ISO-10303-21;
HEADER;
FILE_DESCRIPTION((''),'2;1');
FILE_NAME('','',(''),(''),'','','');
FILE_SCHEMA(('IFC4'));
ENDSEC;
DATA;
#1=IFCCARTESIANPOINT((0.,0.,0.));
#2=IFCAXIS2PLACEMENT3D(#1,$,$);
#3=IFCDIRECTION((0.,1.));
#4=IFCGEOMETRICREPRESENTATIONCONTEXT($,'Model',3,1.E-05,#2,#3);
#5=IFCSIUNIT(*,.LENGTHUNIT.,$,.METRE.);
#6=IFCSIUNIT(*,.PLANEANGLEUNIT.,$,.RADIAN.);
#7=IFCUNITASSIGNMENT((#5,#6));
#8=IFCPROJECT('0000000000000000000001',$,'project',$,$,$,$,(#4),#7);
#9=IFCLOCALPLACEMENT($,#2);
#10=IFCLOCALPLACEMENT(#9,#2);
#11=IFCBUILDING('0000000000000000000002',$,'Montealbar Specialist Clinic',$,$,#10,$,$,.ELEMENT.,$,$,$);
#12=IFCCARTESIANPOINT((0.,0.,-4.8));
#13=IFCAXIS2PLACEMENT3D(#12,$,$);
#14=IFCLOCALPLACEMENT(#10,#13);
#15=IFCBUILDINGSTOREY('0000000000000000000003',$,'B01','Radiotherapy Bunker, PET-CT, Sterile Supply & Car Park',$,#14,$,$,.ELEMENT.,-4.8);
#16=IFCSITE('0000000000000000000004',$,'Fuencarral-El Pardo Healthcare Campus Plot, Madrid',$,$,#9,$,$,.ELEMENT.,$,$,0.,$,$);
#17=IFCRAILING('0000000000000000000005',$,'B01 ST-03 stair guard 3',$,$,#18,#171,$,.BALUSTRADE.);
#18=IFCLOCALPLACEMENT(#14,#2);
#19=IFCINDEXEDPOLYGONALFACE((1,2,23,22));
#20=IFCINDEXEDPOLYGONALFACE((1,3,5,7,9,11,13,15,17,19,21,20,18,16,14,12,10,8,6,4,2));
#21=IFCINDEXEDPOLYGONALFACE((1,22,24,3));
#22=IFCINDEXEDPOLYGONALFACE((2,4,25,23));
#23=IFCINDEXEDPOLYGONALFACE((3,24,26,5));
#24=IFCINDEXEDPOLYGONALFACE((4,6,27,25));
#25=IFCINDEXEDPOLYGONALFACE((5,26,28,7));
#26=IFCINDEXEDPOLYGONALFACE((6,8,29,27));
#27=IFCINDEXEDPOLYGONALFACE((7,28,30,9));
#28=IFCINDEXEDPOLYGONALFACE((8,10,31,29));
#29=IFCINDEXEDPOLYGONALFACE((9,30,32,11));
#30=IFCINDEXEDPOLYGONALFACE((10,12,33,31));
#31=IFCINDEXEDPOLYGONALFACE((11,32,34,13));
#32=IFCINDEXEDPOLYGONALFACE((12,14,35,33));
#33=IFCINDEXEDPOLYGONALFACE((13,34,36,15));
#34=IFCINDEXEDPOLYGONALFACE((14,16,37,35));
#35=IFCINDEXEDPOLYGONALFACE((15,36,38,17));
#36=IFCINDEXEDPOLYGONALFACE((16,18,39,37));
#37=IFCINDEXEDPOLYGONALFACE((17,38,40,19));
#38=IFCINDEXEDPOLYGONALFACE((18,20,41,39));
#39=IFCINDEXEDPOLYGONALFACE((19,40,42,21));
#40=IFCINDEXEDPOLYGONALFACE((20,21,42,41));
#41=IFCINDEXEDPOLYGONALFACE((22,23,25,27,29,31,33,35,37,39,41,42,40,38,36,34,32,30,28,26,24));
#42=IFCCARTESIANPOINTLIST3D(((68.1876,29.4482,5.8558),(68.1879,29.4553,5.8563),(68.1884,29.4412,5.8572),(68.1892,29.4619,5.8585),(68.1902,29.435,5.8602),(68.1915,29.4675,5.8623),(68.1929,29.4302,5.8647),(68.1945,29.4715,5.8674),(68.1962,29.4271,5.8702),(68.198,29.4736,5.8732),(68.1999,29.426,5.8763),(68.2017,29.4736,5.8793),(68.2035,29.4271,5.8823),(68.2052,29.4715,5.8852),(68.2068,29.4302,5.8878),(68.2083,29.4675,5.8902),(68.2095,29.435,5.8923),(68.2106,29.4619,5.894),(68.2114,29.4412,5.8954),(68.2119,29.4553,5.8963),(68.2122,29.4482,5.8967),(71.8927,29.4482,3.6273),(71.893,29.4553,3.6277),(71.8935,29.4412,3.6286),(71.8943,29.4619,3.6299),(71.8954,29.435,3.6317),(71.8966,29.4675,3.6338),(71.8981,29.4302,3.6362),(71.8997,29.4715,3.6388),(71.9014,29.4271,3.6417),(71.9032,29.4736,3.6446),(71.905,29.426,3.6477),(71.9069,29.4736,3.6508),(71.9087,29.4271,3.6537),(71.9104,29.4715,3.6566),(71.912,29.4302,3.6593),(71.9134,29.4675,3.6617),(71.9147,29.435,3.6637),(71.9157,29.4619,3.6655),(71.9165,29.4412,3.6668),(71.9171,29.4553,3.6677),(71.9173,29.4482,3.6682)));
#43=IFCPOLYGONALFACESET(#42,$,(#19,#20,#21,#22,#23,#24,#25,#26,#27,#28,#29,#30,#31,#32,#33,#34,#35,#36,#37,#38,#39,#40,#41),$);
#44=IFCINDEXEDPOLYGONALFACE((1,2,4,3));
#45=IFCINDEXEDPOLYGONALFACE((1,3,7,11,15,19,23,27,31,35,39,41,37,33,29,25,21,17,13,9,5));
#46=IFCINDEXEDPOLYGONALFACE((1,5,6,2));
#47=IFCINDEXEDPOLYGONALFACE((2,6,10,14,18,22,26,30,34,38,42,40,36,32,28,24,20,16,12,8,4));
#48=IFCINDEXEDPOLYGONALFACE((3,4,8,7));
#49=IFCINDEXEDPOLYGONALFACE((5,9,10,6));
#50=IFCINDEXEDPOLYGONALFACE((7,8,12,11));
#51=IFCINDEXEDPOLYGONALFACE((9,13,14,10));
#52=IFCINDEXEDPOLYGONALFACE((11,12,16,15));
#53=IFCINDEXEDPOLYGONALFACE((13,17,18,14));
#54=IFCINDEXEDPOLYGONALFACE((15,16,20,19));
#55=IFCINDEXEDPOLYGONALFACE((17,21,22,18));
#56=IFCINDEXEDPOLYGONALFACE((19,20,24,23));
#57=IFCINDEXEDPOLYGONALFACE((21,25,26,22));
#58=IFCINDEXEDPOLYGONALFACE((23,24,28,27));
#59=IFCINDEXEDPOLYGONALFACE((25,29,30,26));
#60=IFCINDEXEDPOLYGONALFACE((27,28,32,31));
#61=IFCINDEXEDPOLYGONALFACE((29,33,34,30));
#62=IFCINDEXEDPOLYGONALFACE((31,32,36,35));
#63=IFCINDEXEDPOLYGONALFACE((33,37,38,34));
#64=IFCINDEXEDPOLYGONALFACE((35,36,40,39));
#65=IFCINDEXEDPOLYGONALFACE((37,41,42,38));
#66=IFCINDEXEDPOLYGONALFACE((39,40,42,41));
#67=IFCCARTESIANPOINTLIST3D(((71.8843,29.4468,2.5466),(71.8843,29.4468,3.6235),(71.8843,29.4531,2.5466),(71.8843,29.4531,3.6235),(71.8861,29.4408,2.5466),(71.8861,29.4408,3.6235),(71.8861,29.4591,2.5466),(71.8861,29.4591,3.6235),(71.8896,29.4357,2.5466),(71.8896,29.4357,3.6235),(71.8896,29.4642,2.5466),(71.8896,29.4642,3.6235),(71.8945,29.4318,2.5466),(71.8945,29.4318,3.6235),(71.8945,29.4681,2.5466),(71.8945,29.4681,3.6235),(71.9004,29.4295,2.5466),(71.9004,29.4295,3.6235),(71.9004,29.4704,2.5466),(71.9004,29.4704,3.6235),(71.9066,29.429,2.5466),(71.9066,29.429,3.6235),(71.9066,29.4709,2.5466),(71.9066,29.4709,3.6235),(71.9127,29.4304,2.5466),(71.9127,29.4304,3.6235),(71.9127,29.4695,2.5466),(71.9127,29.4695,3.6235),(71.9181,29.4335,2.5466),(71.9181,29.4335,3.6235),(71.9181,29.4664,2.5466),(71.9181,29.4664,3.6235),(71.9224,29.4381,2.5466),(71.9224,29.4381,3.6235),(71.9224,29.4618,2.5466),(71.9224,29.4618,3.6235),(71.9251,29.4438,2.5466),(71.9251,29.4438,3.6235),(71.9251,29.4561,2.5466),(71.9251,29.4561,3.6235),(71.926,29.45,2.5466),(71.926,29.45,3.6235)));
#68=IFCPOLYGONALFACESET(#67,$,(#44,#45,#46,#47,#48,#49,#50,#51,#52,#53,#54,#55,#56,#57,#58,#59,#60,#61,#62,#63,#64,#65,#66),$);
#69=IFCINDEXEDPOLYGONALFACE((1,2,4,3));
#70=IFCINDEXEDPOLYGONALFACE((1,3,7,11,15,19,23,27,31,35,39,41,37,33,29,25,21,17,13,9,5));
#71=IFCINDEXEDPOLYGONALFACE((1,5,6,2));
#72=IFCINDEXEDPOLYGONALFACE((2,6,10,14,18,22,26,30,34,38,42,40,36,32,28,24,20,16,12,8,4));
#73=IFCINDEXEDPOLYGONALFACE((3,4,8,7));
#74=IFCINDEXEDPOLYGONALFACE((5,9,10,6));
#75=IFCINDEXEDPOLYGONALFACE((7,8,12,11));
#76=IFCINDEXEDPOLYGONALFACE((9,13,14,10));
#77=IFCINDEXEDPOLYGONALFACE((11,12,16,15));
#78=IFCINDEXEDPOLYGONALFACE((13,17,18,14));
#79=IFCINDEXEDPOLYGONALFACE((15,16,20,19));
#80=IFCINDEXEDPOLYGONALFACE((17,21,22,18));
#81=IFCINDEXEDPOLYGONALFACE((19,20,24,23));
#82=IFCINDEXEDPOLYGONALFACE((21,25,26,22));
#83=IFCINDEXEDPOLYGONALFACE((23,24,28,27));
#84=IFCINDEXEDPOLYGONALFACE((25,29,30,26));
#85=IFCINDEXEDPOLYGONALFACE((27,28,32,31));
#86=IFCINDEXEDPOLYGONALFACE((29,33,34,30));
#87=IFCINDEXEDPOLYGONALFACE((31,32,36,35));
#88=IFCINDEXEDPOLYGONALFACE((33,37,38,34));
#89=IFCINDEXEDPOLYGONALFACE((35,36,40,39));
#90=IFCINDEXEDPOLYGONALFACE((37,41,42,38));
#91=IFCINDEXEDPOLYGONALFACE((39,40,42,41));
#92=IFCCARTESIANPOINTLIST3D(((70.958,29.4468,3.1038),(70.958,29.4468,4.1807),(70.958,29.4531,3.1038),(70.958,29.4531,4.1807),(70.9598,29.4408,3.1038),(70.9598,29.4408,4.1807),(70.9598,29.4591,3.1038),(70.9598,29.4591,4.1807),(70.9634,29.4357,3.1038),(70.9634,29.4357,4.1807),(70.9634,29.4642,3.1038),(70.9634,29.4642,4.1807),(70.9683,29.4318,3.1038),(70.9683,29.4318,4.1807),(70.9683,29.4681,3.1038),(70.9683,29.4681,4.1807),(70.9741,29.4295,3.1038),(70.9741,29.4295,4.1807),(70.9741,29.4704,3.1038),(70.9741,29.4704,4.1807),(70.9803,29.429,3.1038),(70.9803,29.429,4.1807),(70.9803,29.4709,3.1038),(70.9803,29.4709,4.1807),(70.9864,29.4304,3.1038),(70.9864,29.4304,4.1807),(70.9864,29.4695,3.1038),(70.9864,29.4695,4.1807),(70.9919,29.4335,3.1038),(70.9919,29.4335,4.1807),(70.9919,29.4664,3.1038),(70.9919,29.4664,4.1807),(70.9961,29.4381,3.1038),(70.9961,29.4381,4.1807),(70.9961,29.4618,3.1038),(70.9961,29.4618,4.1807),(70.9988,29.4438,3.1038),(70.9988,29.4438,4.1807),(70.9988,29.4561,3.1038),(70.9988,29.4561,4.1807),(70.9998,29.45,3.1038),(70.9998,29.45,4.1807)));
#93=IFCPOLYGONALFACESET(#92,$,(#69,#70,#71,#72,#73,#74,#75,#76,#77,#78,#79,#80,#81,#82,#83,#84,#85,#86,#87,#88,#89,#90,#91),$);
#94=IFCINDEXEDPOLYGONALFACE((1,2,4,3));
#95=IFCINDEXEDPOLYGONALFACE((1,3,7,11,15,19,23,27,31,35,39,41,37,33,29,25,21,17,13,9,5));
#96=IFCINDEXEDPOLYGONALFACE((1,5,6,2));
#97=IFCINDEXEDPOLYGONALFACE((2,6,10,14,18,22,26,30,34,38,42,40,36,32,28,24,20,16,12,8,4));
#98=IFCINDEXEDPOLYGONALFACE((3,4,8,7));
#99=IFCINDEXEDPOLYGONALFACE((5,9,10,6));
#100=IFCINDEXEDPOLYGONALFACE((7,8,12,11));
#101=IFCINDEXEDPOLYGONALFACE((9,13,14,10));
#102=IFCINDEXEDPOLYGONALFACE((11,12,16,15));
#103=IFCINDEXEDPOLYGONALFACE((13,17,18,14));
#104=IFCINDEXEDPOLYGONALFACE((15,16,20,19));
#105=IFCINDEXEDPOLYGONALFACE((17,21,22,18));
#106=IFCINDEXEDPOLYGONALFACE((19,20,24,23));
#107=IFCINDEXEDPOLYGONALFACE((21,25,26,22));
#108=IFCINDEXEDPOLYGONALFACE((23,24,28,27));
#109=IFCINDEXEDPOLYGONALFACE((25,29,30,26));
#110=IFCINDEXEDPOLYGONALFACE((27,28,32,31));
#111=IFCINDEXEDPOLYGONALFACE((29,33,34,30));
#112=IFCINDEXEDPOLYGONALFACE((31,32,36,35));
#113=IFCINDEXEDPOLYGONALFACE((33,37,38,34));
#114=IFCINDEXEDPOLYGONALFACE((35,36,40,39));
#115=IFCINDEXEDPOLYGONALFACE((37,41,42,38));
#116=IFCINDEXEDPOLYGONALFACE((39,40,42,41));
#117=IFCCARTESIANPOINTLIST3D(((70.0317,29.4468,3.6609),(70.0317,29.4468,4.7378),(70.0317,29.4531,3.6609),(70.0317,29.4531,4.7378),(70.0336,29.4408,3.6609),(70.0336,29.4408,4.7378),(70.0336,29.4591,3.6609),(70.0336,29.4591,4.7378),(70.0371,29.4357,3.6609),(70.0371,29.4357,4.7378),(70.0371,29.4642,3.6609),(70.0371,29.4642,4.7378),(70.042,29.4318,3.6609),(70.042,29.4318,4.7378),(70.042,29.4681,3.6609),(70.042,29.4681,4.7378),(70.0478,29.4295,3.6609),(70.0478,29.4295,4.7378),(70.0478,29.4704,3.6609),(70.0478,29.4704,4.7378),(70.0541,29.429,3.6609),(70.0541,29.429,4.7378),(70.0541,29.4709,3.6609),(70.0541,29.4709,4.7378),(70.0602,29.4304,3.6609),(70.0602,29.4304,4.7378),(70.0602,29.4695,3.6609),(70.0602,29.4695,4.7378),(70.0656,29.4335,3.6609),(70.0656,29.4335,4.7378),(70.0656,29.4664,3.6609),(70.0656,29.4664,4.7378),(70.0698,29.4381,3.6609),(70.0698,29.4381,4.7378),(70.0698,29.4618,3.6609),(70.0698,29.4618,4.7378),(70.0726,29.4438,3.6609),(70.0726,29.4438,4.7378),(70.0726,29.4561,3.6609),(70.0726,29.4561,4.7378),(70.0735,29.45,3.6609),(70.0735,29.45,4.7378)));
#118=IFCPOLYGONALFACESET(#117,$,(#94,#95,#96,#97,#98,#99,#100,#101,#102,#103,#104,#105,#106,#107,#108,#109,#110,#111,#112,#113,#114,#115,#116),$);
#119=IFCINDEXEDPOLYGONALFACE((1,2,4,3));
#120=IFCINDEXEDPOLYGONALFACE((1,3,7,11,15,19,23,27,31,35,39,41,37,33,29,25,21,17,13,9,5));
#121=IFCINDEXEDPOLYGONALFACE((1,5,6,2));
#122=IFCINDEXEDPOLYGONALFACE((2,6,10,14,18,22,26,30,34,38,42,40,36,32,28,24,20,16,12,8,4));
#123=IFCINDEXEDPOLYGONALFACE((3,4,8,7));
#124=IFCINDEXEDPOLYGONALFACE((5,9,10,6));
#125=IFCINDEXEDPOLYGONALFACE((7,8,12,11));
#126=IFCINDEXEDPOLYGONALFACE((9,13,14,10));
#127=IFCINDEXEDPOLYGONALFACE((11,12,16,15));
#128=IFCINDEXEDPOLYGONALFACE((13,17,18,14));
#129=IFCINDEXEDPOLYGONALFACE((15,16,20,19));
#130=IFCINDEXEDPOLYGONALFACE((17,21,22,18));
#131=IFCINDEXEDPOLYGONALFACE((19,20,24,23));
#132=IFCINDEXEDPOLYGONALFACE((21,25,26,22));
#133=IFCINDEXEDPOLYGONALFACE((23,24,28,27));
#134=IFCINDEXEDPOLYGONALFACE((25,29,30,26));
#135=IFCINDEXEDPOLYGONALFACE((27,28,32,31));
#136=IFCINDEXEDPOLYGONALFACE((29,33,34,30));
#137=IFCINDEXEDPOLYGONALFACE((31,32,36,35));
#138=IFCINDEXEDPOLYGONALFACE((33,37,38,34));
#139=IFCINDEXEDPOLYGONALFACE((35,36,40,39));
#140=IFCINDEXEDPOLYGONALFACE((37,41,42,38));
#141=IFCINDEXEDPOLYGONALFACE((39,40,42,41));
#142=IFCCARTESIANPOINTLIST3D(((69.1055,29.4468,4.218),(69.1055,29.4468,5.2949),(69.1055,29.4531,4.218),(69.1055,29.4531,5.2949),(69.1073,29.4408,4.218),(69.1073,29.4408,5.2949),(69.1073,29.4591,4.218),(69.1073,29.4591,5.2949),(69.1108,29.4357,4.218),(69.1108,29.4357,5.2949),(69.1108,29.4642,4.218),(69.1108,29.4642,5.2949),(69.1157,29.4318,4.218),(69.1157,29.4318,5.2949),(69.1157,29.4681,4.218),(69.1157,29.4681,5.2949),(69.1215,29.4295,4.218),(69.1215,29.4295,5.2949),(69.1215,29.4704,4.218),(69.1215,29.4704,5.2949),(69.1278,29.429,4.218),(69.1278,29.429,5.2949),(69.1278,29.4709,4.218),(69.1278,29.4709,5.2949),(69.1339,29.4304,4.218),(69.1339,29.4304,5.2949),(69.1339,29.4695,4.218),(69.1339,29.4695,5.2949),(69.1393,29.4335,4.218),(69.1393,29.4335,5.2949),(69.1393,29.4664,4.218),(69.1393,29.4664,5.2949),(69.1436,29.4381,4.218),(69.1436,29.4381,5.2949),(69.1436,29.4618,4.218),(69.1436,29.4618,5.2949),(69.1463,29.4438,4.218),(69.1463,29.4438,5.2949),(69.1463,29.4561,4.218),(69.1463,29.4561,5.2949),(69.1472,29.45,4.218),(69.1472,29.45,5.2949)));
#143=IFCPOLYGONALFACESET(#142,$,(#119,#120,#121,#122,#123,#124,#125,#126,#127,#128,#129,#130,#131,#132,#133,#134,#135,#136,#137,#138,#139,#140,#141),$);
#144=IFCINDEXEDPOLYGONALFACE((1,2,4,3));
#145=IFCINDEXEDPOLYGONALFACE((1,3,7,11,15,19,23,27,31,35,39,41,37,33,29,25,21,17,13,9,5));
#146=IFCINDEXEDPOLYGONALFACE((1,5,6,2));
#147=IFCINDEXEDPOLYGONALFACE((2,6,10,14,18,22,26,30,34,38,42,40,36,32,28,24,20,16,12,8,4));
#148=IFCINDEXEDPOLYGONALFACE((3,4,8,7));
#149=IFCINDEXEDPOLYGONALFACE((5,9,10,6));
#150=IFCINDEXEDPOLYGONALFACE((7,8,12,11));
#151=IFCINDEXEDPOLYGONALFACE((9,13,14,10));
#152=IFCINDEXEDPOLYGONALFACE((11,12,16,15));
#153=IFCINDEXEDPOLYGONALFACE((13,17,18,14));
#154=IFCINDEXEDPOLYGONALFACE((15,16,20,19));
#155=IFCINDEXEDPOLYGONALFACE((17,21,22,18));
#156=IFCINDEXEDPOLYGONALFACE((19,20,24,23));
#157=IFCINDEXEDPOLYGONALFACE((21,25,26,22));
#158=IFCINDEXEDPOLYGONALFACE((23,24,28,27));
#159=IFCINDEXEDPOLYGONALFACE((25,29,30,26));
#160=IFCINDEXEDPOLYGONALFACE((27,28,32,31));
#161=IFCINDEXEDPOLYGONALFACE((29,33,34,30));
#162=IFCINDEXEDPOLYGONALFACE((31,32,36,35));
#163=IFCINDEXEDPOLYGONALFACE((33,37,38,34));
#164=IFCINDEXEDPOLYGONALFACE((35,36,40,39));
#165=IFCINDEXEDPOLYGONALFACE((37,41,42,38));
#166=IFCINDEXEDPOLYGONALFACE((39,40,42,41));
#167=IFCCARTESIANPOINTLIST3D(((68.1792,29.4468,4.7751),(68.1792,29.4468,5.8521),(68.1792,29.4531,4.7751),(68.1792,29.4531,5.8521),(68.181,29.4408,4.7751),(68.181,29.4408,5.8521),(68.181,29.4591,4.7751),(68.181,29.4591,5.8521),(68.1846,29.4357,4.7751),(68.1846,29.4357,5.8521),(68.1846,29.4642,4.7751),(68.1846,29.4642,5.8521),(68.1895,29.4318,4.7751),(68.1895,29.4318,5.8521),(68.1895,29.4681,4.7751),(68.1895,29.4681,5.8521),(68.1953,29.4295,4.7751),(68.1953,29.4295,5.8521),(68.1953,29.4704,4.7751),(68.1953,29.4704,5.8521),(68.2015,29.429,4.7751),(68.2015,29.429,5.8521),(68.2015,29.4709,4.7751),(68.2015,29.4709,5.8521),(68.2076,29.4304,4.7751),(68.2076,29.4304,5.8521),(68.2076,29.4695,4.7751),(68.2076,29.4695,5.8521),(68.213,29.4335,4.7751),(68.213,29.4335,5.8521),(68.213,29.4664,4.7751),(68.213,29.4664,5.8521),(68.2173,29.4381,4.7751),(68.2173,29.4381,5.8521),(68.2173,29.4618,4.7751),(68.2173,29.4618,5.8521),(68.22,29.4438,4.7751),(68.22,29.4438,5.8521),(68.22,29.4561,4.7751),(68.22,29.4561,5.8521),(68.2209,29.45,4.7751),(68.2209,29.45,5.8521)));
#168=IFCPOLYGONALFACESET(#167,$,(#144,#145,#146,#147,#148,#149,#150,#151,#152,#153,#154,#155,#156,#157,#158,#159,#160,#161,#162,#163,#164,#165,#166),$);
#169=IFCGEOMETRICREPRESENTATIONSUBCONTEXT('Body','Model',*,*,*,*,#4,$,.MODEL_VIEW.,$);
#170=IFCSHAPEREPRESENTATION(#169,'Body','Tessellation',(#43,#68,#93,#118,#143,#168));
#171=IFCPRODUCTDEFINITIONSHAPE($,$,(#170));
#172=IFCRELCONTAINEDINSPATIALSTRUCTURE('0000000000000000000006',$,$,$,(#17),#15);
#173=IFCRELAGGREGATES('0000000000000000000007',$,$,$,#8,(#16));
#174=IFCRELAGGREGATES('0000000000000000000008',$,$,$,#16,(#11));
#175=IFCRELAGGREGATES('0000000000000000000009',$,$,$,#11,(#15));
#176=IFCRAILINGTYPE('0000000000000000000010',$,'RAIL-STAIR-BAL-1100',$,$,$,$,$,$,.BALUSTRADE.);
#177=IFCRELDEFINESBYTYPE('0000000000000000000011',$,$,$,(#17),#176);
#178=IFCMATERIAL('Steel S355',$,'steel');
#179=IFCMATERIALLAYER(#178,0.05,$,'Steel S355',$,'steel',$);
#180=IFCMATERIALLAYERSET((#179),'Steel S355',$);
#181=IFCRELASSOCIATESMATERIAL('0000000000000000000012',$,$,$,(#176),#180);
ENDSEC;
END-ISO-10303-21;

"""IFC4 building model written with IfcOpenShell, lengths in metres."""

from ifc_helpers import new_model, si_unit, direction, frame, origin, origin_2d, place, context, subcontext, project, spatial, circle, extrude, material, layer, layer_set, type_object, element, save


model = new_model("IFC4")

# Units and contexts
model_context = context("Model", 3, precision=1e-05, world=origin(), true_north=direction((0.0, 1.0)))
body_context = subcontext(model_context, "Body", "Model", "MODEL_VIEW")
ifc_project = project(units=[si_unit("LENGTHUNIT", "METRE"), si_unit("PLANEANGLEUNIT", "RADIAN")], contexts=[model_context])

# Site, building, storey
site_placement = place(None, origin())
site = spatial("IfcSite", under=ifc_project, at=site_placement, Name="Fuencarral-El Pardo Healthcare Campus Plot, Madrid", CompositionType="ELEMENT", RefElevation=0.0)
building_placement = place(site_placement, origin())
building = spatial("IfcBuilding", under=site, at=building_placement, Name="Montealbar Specialist Clinic", CompositionType="ELEMENT")
storey_placement = place(building_placement, frame((0.0, 0.0, -4.8)))
storey = spatial("IfcBuildingStorey", under=building, at=storey_placement, Name="B01", Description="Radiotherapy Bunker, PET-CT, Sterile Supply & Car Park", CompositionType="ELEMENT", Elevation=-4.8)

# Shared definitions
ifc_material_1 = material(Name="Steel S355", Category="steel")

# Railing
ifc_layer_1 = layer(ifc_material_1, 0.05, Name="Steel S355", Category="steel")
ifc_layer_set_1 = layer_set([ifc_layer_1], Name="Steel S355")
railing_type_1 = type_object("IfcRailingType", Name="RAIL-STAIR-BAL-1100", PredefinedType="BALUSTRADE", material=ifc_layer_set_1)
railing_1_placement = place(storey_placement, frame((71.905, 29.45, 2.5715)))
element("IfcRailing", 1, at=railing_1_placement, inside=storey, type_object=railing_type_1, Name="B01 ST-03 stair guard 3", PredefinedType="BALUSTRADE", context=body_context, shape_type="SweptSolid", body=[
    extrude(circle(Radius=0.0239, at=origin_2d()), frame((0.0, 0.0, 1.0762), z_axis=(-0.856934, 0.0, 0.515425), x_axis=(0.0, -1.0, 0.0)), (0.0, 0.0, 1.0), 4.3237),
    extrude(circle(Radius=0.021, at=origin_2d()), frame((0.0, 0.0, -0.0249)), (0.0, 0.0, 1.0), 1.0769),
    extrude(circle(Radius=0.021, at=origin_2d()), frame((-0.9263, 0.0, 0.5322)), (0.0, 0.0, 1.0), 1.0769),
    extrude(circle(Radius=0.021, at=origin_2d()), frame((-1.8525, 0.0, 1.0894)), (0.0, 0.0, 1.0), 1.0769),
    extrude(circle(Radius=0.021, at=origin_2d()), frame((-2.7788, 0.0, 1.6465)), (0.0, 0.0, 1.0), 1.0769),
    extrude(circle(Radius=0.021, at=origin_2d()), frame((-3.7051, 0.0, 2.2036)), (0.0, 0.0, 1.0), 1.0769),
])

save(model, "model.ifc")
